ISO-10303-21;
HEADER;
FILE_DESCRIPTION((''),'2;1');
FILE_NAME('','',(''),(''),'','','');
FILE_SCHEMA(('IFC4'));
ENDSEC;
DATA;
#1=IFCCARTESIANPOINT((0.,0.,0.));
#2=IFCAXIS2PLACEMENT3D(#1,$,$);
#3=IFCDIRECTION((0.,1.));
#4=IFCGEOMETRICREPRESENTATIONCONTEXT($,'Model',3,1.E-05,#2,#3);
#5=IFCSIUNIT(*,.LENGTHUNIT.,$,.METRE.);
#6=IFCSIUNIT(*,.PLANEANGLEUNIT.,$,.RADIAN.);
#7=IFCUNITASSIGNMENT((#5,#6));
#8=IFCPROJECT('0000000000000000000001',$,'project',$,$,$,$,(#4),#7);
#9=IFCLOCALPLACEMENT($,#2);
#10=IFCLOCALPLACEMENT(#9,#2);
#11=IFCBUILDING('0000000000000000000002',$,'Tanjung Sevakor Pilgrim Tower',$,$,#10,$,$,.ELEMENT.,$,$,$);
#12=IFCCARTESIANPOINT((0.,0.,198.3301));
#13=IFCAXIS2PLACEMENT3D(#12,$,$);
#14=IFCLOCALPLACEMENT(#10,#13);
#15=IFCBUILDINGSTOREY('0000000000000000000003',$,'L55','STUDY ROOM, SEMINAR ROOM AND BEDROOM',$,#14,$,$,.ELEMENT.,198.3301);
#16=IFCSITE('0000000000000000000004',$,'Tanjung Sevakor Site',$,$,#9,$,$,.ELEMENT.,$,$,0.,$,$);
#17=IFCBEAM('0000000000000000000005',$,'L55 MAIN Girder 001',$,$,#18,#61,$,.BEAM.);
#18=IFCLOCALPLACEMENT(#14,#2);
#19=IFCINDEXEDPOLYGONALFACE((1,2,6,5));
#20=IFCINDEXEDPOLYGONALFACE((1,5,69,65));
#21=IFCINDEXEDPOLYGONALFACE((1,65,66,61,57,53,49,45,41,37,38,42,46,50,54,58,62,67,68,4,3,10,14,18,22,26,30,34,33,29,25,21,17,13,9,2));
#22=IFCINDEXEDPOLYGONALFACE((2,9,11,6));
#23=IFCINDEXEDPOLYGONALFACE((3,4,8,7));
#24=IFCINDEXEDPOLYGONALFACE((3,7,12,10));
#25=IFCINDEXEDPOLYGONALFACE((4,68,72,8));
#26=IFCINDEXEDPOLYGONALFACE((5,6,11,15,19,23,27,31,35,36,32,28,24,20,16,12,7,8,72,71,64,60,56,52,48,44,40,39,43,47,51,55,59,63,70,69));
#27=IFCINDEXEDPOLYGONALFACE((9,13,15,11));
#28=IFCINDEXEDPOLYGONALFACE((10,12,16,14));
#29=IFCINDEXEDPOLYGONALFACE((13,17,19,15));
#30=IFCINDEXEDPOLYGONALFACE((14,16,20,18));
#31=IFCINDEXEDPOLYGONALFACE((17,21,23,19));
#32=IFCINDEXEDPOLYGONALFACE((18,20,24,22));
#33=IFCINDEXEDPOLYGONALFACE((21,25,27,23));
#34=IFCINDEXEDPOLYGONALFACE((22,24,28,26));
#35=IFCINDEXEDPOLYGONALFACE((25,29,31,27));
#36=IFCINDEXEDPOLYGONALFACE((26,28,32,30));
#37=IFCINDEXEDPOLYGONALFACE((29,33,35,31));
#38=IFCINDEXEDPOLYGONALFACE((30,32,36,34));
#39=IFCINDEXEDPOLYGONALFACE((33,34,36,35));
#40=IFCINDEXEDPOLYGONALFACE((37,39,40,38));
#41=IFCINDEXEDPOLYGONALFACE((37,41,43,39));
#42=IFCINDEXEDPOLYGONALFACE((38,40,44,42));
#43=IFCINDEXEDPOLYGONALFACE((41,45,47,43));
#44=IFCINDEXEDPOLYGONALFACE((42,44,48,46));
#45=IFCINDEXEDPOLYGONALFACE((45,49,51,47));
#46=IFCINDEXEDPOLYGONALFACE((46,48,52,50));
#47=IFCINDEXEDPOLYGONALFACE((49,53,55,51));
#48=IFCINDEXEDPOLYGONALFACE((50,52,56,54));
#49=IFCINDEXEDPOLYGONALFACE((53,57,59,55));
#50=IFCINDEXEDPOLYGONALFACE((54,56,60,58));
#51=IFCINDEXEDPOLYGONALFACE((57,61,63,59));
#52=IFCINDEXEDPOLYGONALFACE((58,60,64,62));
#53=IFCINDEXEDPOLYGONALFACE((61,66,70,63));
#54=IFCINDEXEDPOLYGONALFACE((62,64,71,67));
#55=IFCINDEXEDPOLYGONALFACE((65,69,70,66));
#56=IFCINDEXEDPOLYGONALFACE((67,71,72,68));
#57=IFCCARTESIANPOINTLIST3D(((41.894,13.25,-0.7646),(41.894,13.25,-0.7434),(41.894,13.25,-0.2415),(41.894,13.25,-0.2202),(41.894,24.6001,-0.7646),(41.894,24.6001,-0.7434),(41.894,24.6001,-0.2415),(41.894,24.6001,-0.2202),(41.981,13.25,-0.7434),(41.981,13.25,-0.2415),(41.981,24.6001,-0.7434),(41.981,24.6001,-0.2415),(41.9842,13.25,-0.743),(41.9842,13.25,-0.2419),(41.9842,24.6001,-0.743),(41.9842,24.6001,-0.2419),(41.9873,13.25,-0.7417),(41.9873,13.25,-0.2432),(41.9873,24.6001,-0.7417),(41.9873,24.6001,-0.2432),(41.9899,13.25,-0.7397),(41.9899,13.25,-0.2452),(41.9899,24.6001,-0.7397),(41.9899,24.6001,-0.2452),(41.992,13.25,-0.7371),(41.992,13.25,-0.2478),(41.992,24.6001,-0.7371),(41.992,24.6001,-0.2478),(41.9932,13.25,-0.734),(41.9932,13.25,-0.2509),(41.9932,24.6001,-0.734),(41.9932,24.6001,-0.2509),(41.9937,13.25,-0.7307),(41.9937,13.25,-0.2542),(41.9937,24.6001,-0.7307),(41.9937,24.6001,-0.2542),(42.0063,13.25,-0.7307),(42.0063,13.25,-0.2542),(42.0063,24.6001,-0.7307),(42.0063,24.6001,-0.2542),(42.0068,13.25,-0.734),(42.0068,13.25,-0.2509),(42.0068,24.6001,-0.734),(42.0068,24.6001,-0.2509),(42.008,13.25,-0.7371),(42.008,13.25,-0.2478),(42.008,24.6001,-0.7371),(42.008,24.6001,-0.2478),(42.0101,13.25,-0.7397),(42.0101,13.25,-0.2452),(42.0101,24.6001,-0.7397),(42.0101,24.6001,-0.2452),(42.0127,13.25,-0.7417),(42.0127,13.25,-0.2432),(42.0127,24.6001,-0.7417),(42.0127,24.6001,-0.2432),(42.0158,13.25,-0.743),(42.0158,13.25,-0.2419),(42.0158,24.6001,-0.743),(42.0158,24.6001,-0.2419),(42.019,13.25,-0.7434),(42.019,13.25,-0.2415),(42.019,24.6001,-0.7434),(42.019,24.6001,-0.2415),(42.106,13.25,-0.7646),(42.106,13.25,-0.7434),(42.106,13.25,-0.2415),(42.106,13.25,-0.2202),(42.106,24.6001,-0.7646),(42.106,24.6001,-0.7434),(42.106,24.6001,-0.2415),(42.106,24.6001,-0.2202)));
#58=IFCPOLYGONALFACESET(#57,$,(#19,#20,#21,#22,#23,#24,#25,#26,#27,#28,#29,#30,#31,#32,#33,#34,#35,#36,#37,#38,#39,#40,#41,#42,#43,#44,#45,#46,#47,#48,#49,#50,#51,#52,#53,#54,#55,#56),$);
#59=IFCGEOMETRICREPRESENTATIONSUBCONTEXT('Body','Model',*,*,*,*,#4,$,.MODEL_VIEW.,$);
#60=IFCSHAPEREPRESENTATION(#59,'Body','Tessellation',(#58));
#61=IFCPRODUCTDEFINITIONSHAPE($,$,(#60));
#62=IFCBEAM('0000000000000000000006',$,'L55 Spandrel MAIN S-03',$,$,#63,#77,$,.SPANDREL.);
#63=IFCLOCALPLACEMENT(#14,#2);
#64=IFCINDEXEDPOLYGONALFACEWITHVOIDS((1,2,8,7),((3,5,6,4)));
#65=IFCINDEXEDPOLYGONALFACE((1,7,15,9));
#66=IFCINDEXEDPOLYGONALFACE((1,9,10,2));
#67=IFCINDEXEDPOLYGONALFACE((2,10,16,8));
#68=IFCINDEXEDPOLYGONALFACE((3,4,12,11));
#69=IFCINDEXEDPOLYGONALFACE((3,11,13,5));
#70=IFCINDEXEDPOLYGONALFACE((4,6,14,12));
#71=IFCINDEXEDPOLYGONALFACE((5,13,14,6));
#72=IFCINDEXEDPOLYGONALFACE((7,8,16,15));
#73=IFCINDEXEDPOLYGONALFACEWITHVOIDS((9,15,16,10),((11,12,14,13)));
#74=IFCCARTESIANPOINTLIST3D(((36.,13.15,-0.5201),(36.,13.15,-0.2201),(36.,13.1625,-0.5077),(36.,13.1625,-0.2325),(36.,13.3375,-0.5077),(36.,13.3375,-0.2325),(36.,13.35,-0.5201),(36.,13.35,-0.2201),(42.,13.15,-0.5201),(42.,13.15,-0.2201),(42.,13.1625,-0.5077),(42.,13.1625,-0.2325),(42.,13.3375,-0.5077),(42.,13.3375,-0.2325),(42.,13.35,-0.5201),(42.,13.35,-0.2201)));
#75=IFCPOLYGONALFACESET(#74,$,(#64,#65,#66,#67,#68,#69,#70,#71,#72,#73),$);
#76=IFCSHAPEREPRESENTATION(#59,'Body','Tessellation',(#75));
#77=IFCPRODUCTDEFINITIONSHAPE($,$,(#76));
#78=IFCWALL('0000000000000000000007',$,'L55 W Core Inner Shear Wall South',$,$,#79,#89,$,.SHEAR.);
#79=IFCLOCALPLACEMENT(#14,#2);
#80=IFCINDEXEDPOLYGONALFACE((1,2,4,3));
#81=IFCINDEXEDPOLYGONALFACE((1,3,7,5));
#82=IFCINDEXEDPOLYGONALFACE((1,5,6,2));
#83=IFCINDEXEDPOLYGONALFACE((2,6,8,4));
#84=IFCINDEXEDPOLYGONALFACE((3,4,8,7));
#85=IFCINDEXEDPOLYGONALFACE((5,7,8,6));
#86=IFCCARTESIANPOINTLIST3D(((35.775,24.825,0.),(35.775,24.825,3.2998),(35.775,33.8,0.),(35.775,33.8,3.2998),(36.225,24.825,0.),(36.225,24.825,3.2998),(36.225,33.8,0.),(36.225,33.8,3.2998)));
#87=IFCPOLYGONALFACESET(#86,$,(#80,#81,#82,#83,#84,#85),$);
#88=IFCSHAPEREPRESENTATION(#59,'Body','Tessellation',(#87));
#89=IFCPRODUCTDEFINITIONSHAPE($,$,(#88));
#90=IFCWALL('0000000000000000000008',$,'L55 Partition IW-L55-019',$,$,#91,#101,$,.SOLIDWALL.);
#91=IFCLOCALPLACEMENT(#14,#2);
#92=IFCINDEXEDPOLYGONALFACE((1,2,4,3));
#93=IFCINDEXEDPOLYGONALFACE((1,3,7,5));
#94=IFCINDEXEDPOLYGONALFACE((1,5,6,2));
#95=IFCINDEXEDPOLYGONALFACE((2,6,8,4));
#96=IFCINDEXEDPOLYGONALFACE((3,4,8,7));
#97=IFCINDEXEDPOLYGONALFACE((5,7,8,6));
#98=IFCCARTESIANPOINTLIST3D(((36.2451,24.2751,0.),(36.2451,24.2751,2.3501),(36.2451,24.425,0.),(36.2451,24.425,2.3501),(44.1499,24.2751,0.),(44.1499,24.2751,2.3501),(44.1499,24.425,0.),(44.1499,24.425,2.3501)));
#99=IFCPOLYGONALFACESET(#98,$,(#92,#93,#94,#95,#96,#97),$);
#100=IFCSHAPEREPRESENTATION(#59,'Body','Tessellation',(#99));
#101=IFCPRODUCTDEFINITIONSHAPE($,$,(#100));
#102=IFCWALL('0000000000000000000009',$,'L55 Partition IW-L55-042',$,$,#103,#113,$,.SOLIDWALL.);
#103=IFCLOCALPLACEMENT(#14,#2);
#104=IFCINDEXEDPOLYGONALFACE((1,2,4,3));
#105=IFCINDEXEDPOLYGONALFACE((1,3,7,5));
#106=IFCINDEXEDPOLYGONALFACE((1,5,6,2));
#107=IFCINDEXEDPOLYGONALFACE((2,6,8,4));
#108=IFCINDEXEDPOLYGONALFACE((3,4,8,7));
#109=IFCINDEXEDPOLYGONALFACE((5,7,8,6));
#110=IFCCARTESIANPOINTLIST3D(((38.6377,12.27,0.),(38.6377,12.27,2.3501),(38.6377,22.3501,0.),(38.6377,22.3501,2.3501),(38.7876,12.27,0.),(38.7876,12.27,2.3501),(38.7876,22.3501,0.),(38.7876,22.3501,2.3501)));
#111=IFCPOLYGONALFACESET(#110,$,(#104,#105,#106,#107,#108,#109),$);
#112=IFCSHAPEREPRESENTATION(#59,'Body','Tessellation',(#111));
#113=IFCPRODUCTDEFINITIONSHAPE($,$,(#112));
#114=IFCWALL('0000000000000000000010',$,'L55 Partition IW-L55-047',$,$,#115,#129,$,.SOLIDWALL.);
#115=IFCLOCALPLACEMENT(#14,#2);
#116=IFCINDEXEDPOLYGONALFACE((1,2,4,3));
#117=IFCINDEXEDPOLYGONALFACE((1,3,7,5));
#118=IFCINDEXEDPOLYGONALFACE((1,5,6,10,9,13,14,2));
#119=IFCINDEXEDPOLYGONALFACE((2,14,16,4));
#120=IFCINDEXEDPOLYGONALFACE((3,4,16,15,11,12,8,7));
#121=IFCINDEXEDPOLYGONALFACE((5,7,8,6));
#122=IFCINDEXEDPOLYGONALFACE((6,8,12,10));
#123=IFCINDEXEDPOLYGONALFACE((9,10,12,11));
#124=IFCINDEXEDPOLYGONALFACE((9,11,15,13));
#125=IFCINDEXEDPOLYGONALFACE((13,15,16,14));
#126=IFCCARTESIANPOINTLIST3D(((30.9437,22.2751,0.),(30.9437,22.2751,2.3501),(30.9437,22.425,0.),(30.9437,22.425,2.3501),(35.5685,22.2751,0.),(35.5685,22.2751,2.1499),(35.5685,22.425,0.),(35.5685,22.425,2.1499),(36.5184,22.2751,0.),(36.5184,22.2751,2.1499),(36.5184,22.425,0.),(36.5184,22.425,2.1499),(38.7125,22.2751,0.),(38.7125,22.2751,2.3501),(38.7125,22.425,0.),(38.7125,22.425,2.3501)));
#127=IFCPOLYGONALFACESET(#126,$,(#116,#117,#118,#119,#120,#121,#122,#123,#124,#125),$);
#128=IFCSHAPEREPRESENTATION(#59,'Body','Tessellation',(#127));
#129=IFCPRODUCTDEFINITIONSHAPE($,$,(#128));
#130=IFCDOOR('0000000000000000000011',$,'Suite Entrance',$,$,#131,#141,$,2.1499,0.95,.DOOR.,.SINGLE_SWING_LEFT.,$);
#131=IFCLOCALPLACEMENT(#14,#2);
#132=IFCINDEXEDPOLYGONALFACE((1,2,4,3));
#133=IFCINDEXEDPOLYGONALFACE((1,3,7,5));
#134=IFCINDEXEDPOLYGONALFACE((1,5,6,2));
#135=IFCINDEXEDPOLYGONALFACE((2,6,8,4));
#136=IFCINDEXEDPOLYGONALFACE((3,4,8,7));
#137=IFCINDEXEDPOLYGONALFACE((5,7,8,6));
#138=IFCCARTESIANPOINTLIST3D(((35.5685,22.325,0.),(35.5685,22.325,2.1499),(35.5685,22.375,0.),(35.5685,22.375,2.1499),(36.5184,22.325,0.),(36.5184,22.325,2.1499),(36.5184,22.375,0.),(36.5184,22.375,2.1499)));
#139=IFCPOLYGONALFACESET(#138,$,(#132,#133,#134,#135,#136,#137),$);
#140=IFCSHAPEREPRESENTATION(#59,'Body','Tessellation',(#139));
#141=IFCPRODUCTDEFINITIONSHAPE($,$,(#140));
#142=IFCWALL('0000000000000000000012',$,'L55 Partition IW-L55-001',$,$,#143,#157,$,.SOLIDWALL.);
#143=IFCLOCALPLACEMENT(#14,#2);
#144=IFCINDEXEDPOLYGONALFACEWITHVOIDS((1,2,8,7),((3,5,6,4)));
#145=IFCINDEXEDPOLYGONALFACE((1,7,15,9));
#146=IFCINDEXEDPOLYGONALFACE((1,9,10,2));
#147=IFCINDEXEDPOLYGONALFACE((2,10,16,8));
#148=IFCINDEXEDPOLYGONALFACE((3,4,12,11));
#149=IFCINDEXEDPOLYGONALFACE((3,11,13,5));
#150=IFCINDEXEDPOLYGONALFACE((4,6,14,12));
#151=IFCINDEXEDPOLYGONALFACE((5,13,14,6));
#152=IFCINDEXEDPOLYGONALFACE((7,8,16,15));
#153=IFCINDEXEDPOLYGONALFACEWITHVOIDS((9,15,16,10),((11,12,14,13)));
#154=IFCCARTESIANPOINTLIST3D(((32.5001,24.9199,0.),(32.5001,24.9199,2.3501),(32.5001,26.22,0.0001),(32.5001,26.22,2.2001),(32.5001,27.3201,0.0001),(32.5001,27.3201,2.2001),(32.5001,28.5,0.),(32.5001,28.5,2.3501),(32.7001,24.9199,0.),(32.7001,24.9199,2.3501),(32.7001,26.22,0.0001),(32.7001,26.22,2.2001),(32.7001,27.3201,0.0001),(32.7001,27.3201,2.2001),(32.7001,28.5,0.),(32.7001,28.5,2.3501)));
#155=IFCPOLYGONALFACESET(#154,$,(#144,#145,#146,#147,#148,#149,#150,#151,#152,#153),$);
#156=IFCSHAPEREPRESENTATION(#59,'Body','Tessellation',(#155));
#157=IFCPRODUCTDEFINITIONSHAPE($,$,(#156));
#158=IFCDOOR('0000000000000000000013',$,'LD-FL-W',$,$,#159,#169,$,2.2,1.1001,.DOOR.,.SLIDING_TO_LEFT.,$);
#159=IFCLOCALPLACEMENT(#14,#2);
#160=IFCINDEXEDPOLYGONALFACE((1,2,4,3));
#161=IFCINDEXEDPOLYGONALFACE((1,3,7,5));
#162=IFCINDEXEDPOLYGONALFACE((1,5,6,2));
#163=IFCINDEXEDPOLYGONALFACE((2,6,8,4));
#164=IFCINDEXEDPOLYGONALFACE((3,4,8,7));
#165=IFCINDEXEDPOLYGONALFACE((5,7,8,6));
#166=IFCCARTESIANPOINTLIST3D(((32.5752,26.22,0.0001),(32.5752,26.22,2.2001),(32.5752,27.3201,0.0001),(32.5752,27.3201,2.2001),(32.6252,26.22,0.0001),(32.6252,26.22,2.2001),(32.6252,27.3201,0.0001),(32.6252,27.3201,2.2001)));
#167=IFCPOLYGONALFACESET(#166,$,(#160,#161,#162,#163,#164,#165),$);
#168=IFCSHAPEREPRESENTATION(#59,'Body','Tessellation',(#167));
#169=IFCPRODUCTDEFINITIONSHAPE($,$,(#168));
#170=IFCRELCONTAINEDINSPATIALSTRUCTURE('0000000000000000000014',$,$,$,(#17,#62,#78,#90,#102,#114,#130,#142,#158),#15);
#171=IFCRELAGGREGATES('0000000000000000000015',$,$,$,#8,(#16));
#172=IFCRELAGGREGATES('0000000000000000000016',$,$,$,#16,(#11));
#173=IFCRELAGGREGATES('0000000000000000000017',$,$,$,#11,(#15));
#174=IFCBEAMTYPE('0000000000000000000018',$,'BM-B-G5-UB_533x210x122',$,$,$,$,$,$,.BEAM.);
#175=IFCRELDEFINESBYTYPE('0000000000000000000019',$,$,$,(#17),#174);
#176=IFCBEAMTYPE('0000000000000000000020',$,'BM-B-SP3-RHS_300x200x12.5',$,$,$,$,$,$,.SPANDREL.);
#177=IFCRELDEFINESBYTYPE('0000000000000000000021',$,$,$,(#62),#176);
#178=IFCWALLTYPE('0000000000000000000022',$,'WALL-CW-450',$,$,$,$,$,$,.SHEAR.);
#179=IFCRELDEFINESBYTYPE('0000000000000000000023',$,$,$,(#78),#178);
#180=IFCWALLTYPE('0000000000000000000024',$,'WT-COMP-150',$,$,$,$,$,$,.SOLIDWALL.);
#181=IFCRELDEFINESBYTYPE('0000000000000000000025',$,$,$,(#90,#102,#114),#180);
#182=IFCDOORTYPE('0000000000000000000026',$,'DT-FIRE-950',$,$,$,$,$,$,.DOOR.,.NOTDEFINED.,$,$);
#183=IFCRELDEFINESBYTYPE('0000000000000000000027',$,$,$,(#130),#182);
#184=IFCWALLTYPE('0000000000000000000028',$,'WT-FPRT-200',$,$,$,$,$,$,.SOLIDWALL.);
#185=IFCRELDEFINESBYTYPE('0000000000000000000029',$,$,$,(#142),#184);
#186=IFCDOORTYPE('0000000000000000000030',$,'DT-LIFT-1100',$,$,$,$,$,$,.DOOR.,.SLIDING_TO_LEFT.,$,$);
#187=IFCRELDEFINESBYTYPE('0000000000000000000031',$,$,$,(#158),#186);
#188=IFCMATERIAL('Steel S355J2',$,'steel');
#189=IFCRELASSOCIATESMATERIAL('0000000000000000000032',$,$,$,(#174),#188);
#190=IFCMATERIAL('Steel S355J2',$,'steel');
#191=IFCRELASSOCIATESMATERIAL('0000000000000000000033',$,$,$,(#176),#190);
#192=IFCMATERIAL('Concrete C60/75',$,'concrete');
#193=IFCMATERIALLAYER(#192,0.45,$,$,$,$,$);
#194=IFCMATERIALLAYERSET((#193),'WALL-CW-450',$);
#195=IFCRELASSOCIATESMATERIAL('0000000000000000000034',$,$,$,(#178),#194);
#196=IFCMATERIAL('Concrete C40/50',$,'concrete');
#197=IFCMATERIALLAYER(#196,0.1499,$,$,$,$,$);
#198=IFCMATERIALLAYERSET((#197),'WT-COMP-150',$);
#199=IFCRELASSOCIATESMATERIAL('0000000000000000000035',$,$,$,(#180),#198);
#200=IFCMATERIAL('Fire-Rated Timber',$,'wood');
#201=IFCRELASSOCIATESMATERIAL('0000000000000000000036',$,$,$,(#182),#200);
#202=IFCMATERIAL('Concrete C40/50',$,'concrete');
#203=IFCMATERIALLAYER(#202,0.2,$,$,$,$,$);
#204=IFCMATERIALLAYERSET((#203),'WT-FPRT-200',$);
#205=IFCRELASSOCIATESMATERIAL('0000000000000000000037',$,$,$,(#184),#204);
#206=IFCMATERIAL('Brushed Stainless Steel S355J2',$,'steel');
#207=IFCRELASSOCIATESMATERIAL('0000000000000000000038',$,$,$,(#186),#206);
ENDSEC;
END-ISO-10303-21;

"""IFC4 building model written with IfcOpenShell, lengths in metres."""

from ifc_helpers import new_model, si_unit, direction, frame, frame_2d, origin, origin_2d, place, context, subcontext, project, spatial, rectangle, hollow_rectangle, i_section, extrude, material, layer, layer_set, material_profile, profile_set, type_object, element, fill, save


model = new_model("IFC4")

# Units and contexts
model_context = context("Model", 3, precision=1e-05, world=origin(), true_north=direction((0.0, 1.0)))
body_context = subcontext(model_context, "Body", "Model", "MODEL_VIEW")
ifc_project = project(units=[si_unit("LENGTHUNIT", "METRE"), si_unit("PLANEANGLEUNIT", "RADIAN")], contexts=[model_context])

# Site, building, storey
site_placement = place(None, origin())
site = spatial("IfcSite", under=ifc_project, at=site_placement, Name="Tanjung Sevakor Site", CompositionType="ELEMENT", RefElevation=0.0)
building_placement = place(site_placement, origin())
building = spatial("IfcBuilding", under=site, at=building_placement, Name="Tanjung Sevakor Pilgrim Tower", CompositionType="ELEMENT")
storey_placement = place(building_placement, frame((0.0, 0.0, 198.3301)))
storey = spatial("IfcBuildingStorey", under=building, at=storey_placement, Name="L55", Description="STUDY ROOM, SEMINAR ROOM AND BEDROOM", CompositionType="ELEMENT", Elevation=198.3301)

# Beams
ifc_material_1 = material(Name="Steel S355J2", Category="steel")
ifc_material_profile_1 = material_profile(ifc_material_1, i_section(OverallWidth=0.2119, OverallDepth=0.5444, WebThickness=0.0127, FlangeThickness=0.0212, FilletRadius=0.0127, at=origin_2d()))
ifc_profile_set_1 = profile_set([ifc_material_profile_1], Name="Steel S355J2")
beam_type_1 = type_object("IfcBeamType", Name="BM-B-G5-UB_533x210x122", PredefinedType="BEAM", material=ifc_profile_set_1)
beam_1_placement = place(storey_placement, frame((42.0, 13.25, -0.4924), z_axis=(0.0, 1.0, 0.0), x_axis=(-1.0, 0.0, 0.0)))
element("IfcBeam", 1, at=beam_1_placement, inside=storey, type_object=beam_type_1, Name="L55 MAIN Girder 001", PredefinedType="BEAM", context=body_context, shape_type="SweptSolid", body=[
    extrude(i_section(OverallWidth=0.2119, OverallDepth=0.5444, WebThickness=0.0127, FlangeThickness=0.0212, FilletRadius=0.0127, at=origin_2d()), origin(), (0.0, 0.0, 1.0), 11.3501),
])
ifc_material_2 = material(Name="Steel S355J2", Category="steel")
ifc_material_profile_2 = material_profile(ifc_material_2, hollow_rectangle(XDim=0.2, YDim=0.3, WallThickness=0.0125, at=origin_2d()))
ifc_profile_set_2 = profile_set([ifc_material_profile_2], Name="Steel S355J2")
beam_type_2 = type_object("IfcBeamType", Name="BM-B-SP3-RHS_300x200x12.5", PredefinedType="SPANDREL", material=ifc_profile_set_2)
beam_2_placement = place(storey_placement, frame((36.0, 13.25, -0.3701), z_axis=(1.0, 0.0, 0.0), x_axis=(0.0, 1.0, 0.0)))
element("IfcBeam", 2, at=beam_2_placement, inside=storey, type_object=beam_type_2, Name="L55 Spandrel MAIN S-03", PredefinedType="SPANDREL", context=body_context, shape_type="SweptSolid", body=[
    extrude(hollow_rectangle(XDim=0.2, YDim=0.3, WallThickness=0.0125, at=origin_2d()), origin(), (0.0, 0.0, 1.0), 6.0),
])

# Walls
ifc_material_3 = material(Name="Concrete C60/75", Category="concrete")
ifc_layer_1 = layer(ifc_material_3, 0.45)
ifc_layer_set_1 = layer_set([ifc_layer_1], Name="WALL-CW-450")
wall_type_1 = type_object("IfcWallType", Name="WALL-CW-450", PredefinedType="SHEAR", material=ifc_layer_set_1)
wall_1_placement = place(storey_placement, frame((36.0, 24.825, 0.0), z_axis=(0.0, 0.0, 1.0), x_axis=(0.0, 1.0, 0.0)))
element("IfcWall", 3, at=wall_1_placement, inside=storey, type_object=wall_type_1, Name="L55 W Core Inner Shear Wall South", PredefinedType="SHEAR", context=body_context, shape_type="SweptSolid", body=[
    extrude(rectangle(XDim=8.9751, YDim=0.45, at=frame_2d((4.4875, 0.0))), origin(), (0.0, 0.0, 1.0), 3.2998),
])
ifc_material_4 = material(Name="Concrete C40/50", Category="concrete")
ifc_layer_2 = layer(ifc_material_4, 0.1499)
ifc_layer_set_2 = layer_set([ifc_layer_2], Name="WT-COMP-150")
wall_type_2 = type_object("IfcWallType", Name="WT-COMP-150", PredefinedType="SOLIDWALL", material=ifc_layer_set_2)
wall_2_placement = place(storey_placement, frame((36.2451, 24.3501, 0.0), z_axis=(0.0, 0.0, 1.0), x_axis=(1.0, 0.0, 0.0)))
element("IfcWall", 4, at=wall_2_placement, inside=storey, type_object=wall_type_2, Name="L55 Partition IW-L55-019", PredefinedType="SOLIDWALL", context=body_context, shape_type="SweptSolid", body=[
    extrude(rectangle(XDim=7.9048, YDim=0.1499, at=frame_2d((3.9524, 0.0))), origin(), (0.0, 0.0, 1.0), 2.3501),
])
wall_3_placement = place(storey_placement, frame((38.7126, 12.27, 0.0), z_axis=(0.0, 0.0, 1.0), x_axis=(0.0, 1.0, 0.0)))
element("IfcWall", 5, at=wall_3_placement, inside=storey, type_object=wall_type_2, Name="L55 Partition IW-L55-042", PredefinedType="SOLIDWALL", context=body_context, shape_type="SweptSolid", body=[
    extrude(rectangle(XDim=10.0801, YDim=0.1499, at=frame_2d((5.04, 0.0))), origin(), (0.0, 0.0, 1.0), 2.3501),
])

# Walls, openings, doors
wall_4_placement = place(storey_placement, frame((30.9438, 22.3501, 0.0), z_axis=(0.0, 0.0, 1.0), x_axis=(1.0, 0.0, 0.0)))
wall_4 = element("IfcWall", 6, at=wall_4_placement, inside=storey, type_object=wall_type_2, Name="L55 Partition IW-L55-047", PredefinedType="SOLIDWALL", context=body_context, shape_type="SweptSolid", body=[
    extrude(rectangle(XDim=7.7688, YDim=0.1499, at=frame_2d((3.8843, 0.0))), origin(), (0.0, 0.0, 1.0), 2.3501),
])
opening_1_placement = place(wall_4_placement, frame((4.6245, 0.0, 0.0)))
opening_1 = element("IfcOpeningElement", 7, at=opening_1_placement, cuts=wall_4, PredefinedType="OPENING", context=body_context, shape_type="SweptSolid", body=[
    extrude(rectangle(XDim=0.95, YDim=2.1499, at=frame_2d((0.4751, 1.075))), frame((0.0, 0.085, 0.0), z_axis=(0.0, -1.0, 0.0), x_axis=(1.0, 0.0, 0.0)), (0.0, 0.0, 1.0), 0.1699),
])
ifc_material_5 = material(Name="Fire-Rated Timber", Category="wood")
door_type_1 = type_object("IfcDoorType", Name="DT-FIRE-950", OperationType="NOTDEFINED", PredefinedType="DOOR", material=ifc_material_5)
door_1_placement = place(opening_1_placement, origin())
door_1 = element("IfcDoor", 8, at=door_1_placement, inside=storey, type_object=door_type_1, Name="Suite Entrance", OperationType="SINGLE_SWING_LEFT", OverallHeight=2.1499, OverallWidth=0.95, PredefinedType="DOOR", context=body_context, shape_type="SweptSolid", body=[
    extrude(rectangle(XDim=0.95, YDim=2.1499, at=frame_2d((0.4751, 1.075))), frame((0.0, 0.0249, 0.0), z_axis=(0.0, -1.0, 0.0), x_axis=(1.0, 0.0, 0.0)), (0.0, 0.0, 1.0), 0.05),
])
fill(opening_1, door_1)
ifc_material_6 = material(Name="Concrete C40/50", Category="concrete")
ifc_layer_3 = layer(ifc_material_6, 0.2)
ifc_layer_set_3 = layer_set([ifc_layer_3], Name="WT-FPRT-200")
wall_type_3 = type_object("IfcWallType", Name="WT-FPRT-200", PredefinedType="SOLIDWALL", material=ifc_layer_set_3)
wall_5_placement = place(storey_placement, frame((32.6001, 24.9199, 0.0), z_axis=(0.0, 0.0, 1.0), x_axis=(0.0, 1.0, 0.0)))
wall_5 = element("IfcWall", 9, at=wall_5_placement, inside=storey, type_object=wall_type_3, Name="L55 Partition IW-L55-001", PredefinedType="SOLIDWALL", context=body_context, shape_type="SweptSolid", body=[
    extrude(rectangle(XDim=3.5801, YDim=0.2, at=frame_2d((1.79, 0.0))), origin(), (0.0, 0.0, 1.0), 2.3501),
])
opening_2_placement = place(wall_5_placement, frame((1.3, 0.0, 0.0)))
opening_2 = element("IfcOpeningElement", 10, at=opening_2_placement, cuts=wall_5, PredefinedType="OPENING", context=body_context, shape_type="SweptSolid", body=[
    extrude(rectangle(XDim=1.1001, YDim=2.2, at=frame_2d((0.55, 1.1001))), frame((0.0, 0.1099, 0.0), z_axis=(0.0, -1.0, 0.0), x_axis=(1.0, 0.0, 0.0)), (0.0, 0.0, 1.0), 0.22),
])
ifc_material_7 = material(Name="Brushed Stainless Steel S355J2", Category="steel")
door_type_2 = type_object("IfcDoorType", Name="DT-LIFT-1100", OperationType="SLIDING_TO_LEFT", PredefinedType="DOOR", material=ifc_material_7)
door_2_placement = place(opening_2_placement, origin())
door_2 = element("IfcDoor", 11, at=door_2_placement, inside=storey, type_object=door_type_2, Name="LD-FL-W", OperationType="SLIDING_TO_LEFT", OverallHeight=2.2, OverallWidth=1.1001, PredefinedType="DOOR", context=body_context, shape_type="SweptSolid", body=[
    extrude(rectangle(XDim=1.1001, YDim=2.2, at=frame_2d((0.55, 1.1001))), frame((0.0, 0.0249, 0.0), z_axis=(0.0, -1.0, 0.0), x_axis=(1.0, 0.0, 0.0)), (0.0, 0.0, 1.0), 0.05),
])
fill(opening_2, door_2)

save(model, "model.ifc")
